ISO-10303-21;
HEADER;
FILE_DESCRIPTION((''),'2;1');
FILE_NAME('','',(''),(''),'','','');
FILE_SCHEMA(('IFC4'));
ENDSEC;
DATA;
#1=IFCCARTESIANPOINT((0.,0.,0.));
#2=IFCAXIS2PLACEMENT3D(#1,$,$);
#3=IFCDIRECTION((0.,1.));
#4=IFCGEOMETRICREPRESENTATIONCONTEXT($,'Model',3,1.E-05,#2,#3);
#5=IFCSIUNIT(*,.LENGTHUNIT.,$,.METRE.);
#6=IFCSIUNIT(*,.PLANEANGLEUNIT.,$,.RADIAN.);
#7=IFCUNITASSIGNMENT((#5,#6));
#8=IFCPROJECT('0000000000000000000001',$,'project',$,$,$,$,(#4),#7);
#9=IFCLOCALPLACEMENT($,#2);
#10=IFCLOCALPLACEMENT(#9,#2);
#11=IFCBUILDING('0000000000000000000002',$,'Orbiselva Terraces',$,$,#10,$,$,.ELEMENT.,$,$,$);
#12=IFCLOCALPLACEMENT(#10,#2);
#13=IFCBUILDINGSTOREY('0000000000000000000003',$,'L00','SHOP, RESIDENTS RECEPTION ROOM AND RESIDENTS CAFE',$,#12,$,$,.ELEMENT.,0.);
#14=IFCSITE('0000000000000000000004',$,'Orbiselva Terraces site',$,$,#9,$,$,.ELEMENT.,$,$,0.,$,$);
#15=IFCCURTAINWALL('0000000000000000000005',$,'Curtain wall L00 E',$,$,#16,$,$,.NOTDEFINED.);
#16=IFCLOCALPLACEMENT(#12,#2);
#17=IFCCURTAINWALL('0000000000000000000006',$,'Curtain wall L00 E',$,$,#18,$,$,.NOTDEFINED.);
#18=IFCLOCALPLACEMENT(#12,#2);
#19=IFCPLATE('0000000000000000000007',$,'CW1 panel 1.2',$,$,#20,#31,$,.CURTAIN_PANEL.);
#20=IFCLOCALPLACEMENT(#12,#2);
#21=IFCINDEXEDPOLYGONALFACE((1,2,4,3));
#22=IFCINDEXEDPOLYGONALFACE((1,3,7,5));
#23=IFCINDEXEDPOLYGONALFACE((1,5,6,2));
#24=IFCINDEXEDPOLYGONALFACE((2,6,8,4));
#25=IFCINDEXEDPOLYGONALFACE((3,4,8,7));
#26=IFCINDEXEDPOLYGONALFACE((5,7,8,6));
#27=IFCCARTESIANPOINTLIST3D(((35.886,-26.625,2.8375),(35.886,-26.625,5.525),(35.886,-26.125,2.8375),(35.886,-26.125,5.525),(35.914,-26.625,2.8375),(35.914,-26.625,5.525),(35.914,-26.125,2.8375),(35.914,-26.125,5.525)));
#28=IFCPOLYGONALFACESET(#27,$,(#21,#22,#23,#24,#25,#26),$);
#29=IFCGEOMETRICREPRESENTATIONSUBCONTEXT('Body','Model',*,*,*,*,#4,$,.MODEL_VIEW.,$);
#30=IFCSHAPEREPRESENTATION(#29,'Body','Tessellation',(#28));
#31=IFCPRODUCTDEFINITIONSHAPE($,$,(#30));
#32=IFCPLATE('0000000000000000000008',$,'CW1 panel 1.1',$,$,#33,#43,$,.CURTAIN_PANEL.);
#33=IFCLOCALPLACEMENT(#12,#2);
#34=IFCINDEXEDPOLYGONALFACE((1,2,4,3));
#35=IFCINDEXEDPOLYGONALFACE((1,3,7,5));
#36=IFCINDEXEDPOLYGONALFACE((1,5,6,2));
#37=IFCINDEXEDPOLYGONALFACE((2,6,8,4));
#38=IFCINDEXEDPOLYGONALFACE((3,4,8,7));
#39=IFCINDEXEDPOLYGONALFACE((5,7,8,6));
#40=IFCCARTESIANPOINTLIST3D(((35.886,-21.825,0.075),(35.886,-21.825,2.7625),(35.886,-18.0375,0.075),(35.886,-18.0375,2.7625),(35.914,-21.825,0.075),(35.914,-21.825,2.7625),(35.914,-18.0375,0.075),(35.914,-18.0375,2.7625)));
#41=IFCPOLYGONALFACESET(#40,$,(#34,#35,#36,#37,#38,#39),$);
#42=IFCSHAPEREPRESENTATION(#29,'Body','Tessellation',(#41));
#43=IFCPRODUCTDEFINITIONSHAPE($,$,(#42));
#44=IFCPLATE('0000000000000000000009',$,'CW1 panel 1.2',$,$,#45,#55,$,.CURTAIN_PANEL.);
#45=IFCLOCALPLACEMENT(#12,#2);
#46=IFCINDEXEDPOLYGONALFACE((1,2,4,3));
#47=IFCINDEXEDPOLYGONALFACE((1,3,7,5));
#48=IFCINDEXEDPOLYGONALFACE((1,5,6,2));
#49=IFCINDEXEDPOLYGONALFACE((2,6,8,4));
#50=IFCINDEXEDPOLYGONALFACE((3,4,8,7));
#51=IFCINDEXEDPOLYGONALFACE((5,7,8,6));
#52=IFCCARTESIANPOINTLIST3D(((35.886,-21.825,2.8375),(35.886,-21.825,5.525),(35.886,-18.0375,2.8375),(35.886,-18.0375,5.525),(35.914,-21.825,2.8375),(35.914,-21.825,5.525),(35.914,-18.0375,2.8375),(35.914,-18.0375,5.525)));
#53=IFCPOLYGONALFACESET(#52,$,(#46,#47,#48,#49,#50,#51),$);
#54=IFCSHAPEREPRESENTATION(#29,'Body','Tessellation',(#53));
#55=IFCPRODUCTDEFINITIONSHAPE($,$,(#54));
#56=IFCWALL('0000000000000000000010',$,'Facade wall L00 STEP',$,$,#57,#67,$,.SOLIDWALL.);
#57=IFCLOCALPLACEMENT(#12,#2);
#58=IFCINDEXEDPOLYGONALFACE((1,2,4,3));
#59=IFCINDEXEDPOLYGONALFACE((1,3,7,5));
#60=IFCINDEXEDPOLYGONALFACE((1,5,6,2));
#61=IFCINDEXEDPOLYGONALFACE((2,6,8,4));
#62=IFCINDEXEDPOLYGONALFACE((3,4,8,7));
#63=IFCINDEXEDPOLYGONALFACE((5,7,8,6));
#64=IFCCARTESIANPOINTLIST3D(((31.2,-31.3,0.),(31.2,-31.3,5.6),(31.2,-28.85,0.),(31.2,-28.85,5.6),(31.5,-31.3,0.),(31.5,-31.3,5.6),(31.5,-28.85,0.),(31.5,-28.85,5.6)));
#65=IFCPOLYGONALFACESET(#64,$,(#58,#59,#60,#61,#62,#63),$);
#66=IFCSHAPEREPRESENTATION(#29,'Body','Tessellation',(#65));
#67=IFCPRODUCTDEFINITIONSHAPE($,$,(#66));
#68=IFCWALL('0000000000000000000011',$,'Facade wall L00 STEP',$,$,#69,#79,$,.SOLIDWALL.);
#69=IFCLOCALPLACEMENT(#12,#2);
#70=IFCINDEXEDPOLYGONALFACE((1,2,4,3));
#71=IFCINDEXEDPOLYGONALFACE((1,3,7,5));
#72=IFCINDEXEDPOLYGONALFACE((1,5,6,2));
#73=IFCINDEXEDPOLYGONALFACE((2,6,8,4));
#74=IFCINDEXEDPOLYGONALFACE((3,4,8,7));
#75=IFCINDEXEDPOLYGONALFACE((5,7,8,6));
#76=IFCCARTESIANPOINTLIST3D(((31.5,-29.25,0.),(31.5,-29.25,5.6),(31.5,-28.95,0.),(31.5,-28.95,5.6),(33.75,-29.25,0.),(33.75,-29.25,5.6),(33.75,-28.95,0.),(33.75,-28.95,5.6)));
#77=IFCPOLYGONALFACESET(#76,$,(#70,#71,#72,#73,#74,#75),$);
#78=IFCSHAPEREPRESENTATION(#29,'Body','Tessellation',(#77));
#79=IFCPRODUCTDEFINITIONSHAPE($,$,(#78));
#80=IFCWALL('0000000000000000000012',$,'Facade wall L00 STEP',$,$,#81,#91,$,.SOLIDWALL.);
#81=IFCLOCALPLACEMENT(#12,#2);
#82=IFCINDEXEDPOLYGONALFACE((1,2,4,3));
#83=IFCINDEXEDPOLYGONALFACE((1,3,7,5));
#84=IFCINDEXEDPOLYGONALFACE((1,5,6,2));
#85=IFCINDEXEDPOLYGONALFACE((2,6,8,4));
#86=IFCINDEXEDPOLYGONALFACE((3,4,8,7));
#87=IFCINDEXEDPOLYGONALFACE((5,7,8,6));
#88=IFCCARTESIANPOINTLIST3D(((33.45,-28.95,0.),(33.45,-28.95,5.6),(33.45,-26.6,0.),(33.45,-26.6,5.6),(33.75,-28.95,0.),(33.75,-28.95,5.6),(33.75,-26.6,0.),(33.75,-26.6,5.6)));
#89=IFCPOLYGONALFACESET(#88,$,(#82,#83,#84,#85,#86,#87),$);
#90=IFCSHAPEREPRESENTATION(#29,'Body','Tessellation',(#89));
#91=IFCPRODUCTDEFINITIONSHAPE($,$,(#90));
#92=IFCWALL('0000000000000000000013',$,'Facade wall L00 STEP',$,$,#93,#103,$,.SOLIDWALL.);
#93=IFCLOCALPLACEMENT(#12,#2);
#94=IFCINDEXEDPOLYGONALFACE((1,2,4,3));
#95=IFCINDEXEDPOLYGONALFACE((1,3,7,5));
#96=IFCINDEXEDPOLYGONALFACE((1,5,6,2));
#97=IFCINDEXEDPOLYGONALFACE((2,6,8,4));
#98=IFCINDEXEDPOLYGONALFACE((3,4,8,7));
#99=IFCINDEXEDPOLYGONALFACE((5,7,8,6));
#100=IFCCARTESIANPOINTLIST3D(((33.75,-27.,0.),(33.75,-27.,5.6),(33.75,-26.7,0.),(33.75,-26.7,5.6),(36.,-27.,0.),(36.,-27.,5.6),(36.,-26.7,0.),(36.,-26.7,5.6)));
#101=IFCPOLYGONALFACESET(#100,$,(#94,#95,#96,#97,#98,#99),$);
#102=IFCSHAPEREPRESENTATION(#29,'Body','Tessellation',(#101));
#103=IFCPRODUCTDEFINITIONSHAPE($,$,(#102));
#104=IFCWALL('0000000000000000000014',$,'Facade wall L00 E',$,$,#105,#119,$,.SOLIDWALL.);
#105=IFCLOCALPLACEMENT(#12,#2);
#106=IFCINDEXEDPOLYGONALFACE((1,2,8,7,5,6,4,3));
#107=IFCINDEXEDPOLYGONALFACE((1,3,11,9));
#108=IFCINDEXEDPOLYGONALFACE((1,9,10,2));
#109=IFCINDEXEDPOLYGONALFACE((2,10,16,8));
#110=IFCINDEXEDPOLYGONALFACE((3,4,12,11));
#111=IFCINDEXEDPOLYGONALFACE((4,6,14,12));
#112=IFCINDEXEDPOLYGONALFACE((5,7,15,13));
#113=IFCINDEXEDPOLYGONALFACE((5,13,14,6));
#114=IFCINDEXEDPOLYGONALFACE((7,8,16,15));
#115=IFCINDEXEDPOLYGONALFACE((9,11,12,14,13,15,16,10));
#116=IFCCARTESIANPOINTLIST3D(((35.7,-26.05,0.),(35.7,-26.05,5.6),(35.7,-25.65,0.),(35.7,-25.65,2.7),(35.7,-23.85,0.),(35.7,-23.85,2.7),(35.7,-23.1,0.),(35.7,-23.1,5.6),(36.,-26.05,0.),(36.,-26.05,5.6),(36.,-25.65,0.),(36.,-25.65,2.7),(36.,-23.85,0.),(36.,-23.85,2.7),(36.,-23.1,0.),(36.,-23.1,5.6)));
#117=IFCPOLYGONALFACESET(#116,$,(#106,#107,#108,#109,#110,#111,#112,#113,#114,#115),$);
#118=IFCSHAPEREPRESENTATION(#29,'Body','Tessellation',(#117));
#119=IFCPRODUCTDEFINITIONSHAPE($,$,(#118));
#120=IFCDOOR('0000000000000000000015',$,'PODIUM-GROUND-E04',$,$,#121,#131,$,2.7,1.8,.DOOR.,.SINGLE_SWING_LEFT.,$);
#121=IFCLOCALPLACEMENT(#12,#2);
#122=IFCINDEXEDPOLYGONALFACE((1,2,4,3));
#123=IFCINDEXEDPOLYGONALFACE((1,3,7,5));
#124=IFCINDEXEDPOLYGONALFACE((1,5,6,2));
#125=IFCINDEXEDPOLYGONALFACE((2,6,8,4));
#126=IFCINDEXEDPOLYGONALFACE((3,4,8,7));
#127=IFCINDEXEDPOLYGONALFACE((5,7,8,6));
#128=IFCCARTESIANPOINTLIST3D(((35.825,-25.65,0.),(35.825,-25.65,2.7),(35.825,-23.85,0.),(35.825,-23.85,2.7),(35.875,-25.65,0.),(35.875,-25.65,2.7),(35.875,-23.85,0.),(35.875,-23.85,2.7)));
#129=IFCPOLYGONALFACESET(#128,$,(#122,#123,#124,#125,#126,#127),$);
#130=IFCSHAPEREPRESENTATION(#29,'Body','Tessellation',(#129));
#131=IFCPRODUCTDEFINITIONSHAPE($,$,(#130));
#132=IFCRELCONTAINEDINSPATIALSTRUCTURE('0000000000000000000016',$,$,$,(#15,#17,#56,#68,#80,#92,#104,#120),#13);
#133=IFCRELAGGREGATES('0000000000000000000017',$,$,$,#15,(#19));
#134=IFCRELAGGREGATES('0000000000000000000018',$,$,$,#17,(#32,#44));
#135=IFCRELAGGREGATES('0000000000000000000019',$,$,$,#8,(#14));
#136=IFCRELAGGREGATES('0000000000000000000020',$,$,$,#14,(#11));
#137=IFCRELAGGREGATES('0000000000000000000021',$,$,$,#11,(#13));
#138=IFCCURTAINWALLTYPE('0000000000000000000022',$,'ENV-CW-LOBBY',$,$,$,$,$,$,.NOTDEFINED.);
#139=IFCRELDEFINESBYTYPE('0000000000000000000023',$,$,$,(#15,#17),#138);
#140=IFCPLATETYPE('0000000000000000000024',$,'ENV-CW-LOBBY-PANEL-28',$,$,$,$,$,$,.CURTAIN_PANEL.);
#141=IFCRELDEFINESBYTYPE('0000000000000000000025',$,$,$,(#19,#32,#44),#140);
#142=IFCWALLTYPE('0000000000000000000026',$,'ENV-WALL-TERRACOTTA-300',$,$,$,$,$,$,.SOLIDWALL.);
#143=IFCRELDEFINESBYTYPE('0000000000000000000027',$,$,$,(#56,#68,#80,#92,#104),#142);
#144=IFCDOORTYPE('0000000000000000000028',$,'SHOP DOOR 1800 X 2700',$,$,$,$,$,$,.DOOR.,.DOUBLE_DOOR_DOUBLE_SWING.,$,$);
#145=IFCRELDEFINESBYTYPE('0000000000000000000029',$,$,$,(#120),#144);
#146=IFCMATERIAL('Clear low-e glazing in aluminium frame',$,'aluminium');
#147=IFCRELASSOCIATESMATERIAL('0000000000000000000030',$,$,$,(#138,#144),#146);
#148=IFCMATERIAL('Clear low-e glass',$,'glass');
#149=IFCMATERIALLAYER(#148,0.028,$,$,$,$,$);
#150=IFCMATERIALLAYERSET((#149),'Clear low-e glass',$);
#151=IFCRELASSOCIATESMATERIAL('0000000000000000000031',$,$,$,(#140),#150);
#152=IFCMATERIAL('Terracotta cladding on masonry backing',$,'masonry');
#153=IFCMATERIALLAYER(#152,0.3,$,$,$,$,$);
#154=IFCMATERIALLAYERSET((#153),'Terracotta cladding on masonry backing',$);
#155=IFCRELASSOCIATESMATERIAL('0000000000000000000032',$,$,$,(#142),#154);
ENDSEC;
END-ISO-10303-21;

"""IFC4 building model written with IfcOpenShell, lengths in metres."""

from ifc_helpers import new_model, si_unit, direction, frame, frame_2d, origin, origin_2d, place, context, subcontext, project, spatial, rectangle, extrude, material, layer, layer_set, type_object, element, fill, aggregate, save


model = new_model("IFC4")

# Units and contexts
model_context = context("Model", 3, precision=1e-05, world=origin(), true_north=direction((0.0, 1.0)))
body_context = subcontext(model_context, "Body", "Model", "MODEL_VIEW")
ifc_project = project(units=[si_unit("LENGTHUNIT", "METRE"), si_unit("PLANEANGLEUNIT", "RADIAN")], contexts=[model_context])

# Site, building, storey
site_placement = place(None, origin())
site = spatial("IfcSite", under=ifc_project, at=site_placement, Name="Orbiselva Terraces site", CompositionType="ELEMENT", RefElevation=0.0)
building_placement = place(site_placement, origin())
building = spatial("IfcBuilding", under=site, at=building_placement, Name="Orbiselva Terraces", CompositionType="ELEMENT")
storey_placement = place(building_placement, origin())
storey = spatial("IfcBuildingStorey", under=building, at=storey_placement, Name="L00", Description="SHOP, RESIDENTS RECEPTION ROOM AND RESIDENTS CAFE", CompositionType="ELEMENT", Elevation=0.0)

# Shared definitions
ifc_material_1 = material(Name="Clear low-e glazing in aluminium frame", Category="aluminium")
curtain_wall_type = type_object("IfcCurtainWallType", Name="ENV-CW-LOBBY", PredefinedType="NOTDEFINED", material=ifc_material_1)

# Curtain wall
curtain_wall_1_placement = place(storey_placement, origin())
curtain_wall_1 = element("IfcCurtainWall", 1, at=curtain_wall_1_placement, inside=storey, type_object=curtain_wall_type, Name="Curtain wall L00 E", PredefinedType="NOTDEFINED")

# Curtain wall
curtain_wall_2_placement = place(storey_placement, origin())
curtain_wall_2 = element("IfcCurtainWall", 2, at=curtain_wall_2_placement, inside=storey, type_object=curtain_wall_type, Name="Curtain wall L00 E", PredefinedType="NOTDEFINED")

# Plates
ifc_material_2 = material(Name="Clear low-e glass", Category="glass")
ifc_layer_1 = layer(ifc_material_2, 0.028)
ifc_layer_set_1 = layer_set([ifc_layer_1], Name="Clear low-e glass")
plate_type = type_object("IfcPlateType", Name="ENV-CW-LOBBY-PANEL-28", PredefinedType="CURTAIN_PANEL", material=ifc_layer_set_1)
plate_1_placement = place(storey_placement, frame((35.9, -26.375, 2.8375), z_axis=(0.0, 0.0, 1.0), x_axis=(0.0, 1.0, 0.0)))
plate_1 = element("IfcPlate", 3, at=plate_1_placement, type_object=plate_type, Name="CW1 panel 1.2", PredefinedType="CURTAIN_PANEL", context=body_context, shape_type="SweptSolid", body=[
    extrude(rectangle(XDim=0.5, YDim=0.028, at=origin_2d()), origin(), (0.0, 0.0, 1.0), 2.6875),
])
aggregate(curtain_wall_1, [plate_1])
plate_2_placement = place(storey_placement, frame((35.9, -19.9312, 0.075), z_axis=(0.0, 0.0, 1.0), x_axis=(0.0, 1.0, 0.0)))
plate_2 = element("IfcPlate", 4, at=plate_2_placement, type_object=plate_type, Name="CW1 panel 1.1", PredefinedType="CURTAIN_PANEL", context=body_context, shape_type="SweptSolid", body=[
    extrude(rectangle(XDim=3.7875, YDim=0.028, at=origin_2d()), origin(), (0.0, 0.0, 1.0), 2.6875),
])
plate_3_placement = place(storey_placement, frame((35.9, -19.9312, 2.8375), z_axis=(0.0, 0.0, 1.0), x_axis=(0.0, 1.0, 0.0)))
plate_3 = element("IfcPlate", 5, at=plate_3_placement, type_object=plate_type, Name="CW1 panel 1.2", PredefinedType="CURTAIN_PANEL", context=body_context, shape_type="SweptSolid", body=[
    extrude(rectangle(XDim=3.7875, YDim=0.028, at=origin_2d()), origin(), (0.0, 0.0, 1.0), 2.6875),
])
aggregate(curtain_wall_2, [plate_2, plate_3])

# Walls
ifc_material_3 = material(Name="Terracotta cladding on masonry backing", Category="masonry")
ifc_layer_2 = layer(ifc_material_3, 0.3)
ifc_layer_set_2 = layer_set([ifc_layer_2], Name="Terracotta cladding on masonry backing")
wall_type = type_object("IfcWallType", Name="ENV-WALL-TERRACOTTA-300", PredefinedType="SOLIDWALL", material=ifc_layer_set_2)
wall_1_placement = place(storey_placement, frame((31.35, -28.85, 0.0), z_axis=(0.0, 0.0, 1.0), x_axis=(0.0, -1.0, 0.0)))
element("IfcWall", 6, at=wall_1_placement, inside=storey, type_object=wall_type, Name="Facade wall L00 STEP", PredefinedType="SOLIDWALL", context=body_context, shape_type="SweptSolid", body=[
    extrude(rectangle(XDim=2.45, YDim=0.3, at=frame_2d((1.225, 0.0))), origin(), (0.0, 0.0, 1.0), 5.6),
])
wall_2_placement = place(storey_placement, frame((33.75, -29.1, 0.0), z_axis=(0.0, 0.0, 1.0), x_axis=(-1.0, 0.0, 0.0)))
element("IfcWall", 7, at=wall_2_placement, inside=storey, type_object=wall_type, Name="Facade wall L00 STEP", PredefinedType="SOLIDWALL", context=body_context, shape_type="SweptSolid", body=[
    extrude(rectangle(XDim=2.25, YDim=0.3, at=frame_2d((1.125, 0.0))), origin(), (0.0, 0.0, 1.0), 5.6),
])
wall_3_placement = place(storey_placement, frame((33.6, -26.6, 0.0), z_axis=(0.0, 0.0, 1.0), x_axis=(0.0, -1.0, 0.0)))
element("IfcWall", 8, at=wall_3_placement, inside=storey, type_object=wall_type, Name="Facade wall L00 STEP", PredefinedType="SOLIDWALL", context=body_context, shape_type="SweptSolid", body=[
    extrude(rectangle(XDim=2.35, YDim=0.3, at=frame_2d((1.175, 0.0))), origin(), (0.0, 0.0, 1.0), 5.6),
])
wall_4_placement = place(storey_placement, frame((36.0, -26.85, 0.0), z_axis=(0.0, 0.0, 1.0), x_axis=(-1.0, 0.0, 0.0)))
element("IfcWall", 9, at=wall_4_placement, inside=storey, type_object=wall_type, Name="Facade wall L00 STEP", PredefinedType="SOLIDWALL", context=body_context, shape_type="SweptSolid", body=[
    extrude(rectangle(XDim=2.25, YDim=0.3, at=frame_2d((1.125, 0.0))), origin(), (0.0, 0.0, 1.0), 5.6),
])

# Wall, opening, door
wall_5_placement = place(storey_placement, frame((35.85, -23.1, 0.0), z_axis=(0.0, 0.0, 1.0), x_axis=(0.0, -1.0, 0.0)))
wall_5 = element("IfcWall", 10, at=wall_5_placement, inside=storey, type_object=wall_type, Name="Facade wall L00 E", PredefinedType="SOLIDWALL", context=body_context, shape_type="SweptSolid", body=[
    extrude(rectangle(XDim=2.95, YDim=0.3, at=frame_2d((1.475, 0.0))), origin(), (0.0, 0.0, 1.0), 5.6),
])
opening_placement = place(wall_5_placement, frame((0.75, 0.0, 0.0)))
opening = element("IfcOpeningElement", 11, at=opening_placement, cuts=wall_5, PredefinedType="OPENING", context=body_context, shape_type="SweptSolid", body=[
    extrude(rectangle(XDim=1.8, YDim=2.7, at=frame_2d((0.9, 1.35))), frame((0.0, 0.16, 0.0), z_axis=(0.0, -1.0, 0.0), x_axis=(1.0, 0.0, 0.0)), (0.0, 0.0, 1.0), 0.32),
])
door_type = type_object("IfcDoorType", Name="SHOP DOOR 1800 X 2700", OperationType="DOUBLE_DOOR_DOUBLE_SWING", PredefinedType="DOOR", material=ifc_material_1)
door_placement = place(opening_placement, origin())
door = element("IfcDoor", 12, at=door_placement, inside=storey, type_object=door_type, Name="PODIUM-GROUND-E04", OperationType="SINGLE_SWING_LEFT", OverallHeight=2.7, OverallWidth=1.8, PredefinedType="DOOR", context=body_context, shape_type="SweptSolid", body=[
    extrude(rectangle(XDim=1.8, YDim=2.7, at=frame_2d((0.9, 1.35))), frame((0.0, 0.025, 0.0), z_axis=(0.0, -1.0, 0.0), x_axis=(1.0, 0.0, 0.0)), (0.0, 0.0, 1.0), 0.05),
])
fill(opening, door)

save(model, "model.ifc")
